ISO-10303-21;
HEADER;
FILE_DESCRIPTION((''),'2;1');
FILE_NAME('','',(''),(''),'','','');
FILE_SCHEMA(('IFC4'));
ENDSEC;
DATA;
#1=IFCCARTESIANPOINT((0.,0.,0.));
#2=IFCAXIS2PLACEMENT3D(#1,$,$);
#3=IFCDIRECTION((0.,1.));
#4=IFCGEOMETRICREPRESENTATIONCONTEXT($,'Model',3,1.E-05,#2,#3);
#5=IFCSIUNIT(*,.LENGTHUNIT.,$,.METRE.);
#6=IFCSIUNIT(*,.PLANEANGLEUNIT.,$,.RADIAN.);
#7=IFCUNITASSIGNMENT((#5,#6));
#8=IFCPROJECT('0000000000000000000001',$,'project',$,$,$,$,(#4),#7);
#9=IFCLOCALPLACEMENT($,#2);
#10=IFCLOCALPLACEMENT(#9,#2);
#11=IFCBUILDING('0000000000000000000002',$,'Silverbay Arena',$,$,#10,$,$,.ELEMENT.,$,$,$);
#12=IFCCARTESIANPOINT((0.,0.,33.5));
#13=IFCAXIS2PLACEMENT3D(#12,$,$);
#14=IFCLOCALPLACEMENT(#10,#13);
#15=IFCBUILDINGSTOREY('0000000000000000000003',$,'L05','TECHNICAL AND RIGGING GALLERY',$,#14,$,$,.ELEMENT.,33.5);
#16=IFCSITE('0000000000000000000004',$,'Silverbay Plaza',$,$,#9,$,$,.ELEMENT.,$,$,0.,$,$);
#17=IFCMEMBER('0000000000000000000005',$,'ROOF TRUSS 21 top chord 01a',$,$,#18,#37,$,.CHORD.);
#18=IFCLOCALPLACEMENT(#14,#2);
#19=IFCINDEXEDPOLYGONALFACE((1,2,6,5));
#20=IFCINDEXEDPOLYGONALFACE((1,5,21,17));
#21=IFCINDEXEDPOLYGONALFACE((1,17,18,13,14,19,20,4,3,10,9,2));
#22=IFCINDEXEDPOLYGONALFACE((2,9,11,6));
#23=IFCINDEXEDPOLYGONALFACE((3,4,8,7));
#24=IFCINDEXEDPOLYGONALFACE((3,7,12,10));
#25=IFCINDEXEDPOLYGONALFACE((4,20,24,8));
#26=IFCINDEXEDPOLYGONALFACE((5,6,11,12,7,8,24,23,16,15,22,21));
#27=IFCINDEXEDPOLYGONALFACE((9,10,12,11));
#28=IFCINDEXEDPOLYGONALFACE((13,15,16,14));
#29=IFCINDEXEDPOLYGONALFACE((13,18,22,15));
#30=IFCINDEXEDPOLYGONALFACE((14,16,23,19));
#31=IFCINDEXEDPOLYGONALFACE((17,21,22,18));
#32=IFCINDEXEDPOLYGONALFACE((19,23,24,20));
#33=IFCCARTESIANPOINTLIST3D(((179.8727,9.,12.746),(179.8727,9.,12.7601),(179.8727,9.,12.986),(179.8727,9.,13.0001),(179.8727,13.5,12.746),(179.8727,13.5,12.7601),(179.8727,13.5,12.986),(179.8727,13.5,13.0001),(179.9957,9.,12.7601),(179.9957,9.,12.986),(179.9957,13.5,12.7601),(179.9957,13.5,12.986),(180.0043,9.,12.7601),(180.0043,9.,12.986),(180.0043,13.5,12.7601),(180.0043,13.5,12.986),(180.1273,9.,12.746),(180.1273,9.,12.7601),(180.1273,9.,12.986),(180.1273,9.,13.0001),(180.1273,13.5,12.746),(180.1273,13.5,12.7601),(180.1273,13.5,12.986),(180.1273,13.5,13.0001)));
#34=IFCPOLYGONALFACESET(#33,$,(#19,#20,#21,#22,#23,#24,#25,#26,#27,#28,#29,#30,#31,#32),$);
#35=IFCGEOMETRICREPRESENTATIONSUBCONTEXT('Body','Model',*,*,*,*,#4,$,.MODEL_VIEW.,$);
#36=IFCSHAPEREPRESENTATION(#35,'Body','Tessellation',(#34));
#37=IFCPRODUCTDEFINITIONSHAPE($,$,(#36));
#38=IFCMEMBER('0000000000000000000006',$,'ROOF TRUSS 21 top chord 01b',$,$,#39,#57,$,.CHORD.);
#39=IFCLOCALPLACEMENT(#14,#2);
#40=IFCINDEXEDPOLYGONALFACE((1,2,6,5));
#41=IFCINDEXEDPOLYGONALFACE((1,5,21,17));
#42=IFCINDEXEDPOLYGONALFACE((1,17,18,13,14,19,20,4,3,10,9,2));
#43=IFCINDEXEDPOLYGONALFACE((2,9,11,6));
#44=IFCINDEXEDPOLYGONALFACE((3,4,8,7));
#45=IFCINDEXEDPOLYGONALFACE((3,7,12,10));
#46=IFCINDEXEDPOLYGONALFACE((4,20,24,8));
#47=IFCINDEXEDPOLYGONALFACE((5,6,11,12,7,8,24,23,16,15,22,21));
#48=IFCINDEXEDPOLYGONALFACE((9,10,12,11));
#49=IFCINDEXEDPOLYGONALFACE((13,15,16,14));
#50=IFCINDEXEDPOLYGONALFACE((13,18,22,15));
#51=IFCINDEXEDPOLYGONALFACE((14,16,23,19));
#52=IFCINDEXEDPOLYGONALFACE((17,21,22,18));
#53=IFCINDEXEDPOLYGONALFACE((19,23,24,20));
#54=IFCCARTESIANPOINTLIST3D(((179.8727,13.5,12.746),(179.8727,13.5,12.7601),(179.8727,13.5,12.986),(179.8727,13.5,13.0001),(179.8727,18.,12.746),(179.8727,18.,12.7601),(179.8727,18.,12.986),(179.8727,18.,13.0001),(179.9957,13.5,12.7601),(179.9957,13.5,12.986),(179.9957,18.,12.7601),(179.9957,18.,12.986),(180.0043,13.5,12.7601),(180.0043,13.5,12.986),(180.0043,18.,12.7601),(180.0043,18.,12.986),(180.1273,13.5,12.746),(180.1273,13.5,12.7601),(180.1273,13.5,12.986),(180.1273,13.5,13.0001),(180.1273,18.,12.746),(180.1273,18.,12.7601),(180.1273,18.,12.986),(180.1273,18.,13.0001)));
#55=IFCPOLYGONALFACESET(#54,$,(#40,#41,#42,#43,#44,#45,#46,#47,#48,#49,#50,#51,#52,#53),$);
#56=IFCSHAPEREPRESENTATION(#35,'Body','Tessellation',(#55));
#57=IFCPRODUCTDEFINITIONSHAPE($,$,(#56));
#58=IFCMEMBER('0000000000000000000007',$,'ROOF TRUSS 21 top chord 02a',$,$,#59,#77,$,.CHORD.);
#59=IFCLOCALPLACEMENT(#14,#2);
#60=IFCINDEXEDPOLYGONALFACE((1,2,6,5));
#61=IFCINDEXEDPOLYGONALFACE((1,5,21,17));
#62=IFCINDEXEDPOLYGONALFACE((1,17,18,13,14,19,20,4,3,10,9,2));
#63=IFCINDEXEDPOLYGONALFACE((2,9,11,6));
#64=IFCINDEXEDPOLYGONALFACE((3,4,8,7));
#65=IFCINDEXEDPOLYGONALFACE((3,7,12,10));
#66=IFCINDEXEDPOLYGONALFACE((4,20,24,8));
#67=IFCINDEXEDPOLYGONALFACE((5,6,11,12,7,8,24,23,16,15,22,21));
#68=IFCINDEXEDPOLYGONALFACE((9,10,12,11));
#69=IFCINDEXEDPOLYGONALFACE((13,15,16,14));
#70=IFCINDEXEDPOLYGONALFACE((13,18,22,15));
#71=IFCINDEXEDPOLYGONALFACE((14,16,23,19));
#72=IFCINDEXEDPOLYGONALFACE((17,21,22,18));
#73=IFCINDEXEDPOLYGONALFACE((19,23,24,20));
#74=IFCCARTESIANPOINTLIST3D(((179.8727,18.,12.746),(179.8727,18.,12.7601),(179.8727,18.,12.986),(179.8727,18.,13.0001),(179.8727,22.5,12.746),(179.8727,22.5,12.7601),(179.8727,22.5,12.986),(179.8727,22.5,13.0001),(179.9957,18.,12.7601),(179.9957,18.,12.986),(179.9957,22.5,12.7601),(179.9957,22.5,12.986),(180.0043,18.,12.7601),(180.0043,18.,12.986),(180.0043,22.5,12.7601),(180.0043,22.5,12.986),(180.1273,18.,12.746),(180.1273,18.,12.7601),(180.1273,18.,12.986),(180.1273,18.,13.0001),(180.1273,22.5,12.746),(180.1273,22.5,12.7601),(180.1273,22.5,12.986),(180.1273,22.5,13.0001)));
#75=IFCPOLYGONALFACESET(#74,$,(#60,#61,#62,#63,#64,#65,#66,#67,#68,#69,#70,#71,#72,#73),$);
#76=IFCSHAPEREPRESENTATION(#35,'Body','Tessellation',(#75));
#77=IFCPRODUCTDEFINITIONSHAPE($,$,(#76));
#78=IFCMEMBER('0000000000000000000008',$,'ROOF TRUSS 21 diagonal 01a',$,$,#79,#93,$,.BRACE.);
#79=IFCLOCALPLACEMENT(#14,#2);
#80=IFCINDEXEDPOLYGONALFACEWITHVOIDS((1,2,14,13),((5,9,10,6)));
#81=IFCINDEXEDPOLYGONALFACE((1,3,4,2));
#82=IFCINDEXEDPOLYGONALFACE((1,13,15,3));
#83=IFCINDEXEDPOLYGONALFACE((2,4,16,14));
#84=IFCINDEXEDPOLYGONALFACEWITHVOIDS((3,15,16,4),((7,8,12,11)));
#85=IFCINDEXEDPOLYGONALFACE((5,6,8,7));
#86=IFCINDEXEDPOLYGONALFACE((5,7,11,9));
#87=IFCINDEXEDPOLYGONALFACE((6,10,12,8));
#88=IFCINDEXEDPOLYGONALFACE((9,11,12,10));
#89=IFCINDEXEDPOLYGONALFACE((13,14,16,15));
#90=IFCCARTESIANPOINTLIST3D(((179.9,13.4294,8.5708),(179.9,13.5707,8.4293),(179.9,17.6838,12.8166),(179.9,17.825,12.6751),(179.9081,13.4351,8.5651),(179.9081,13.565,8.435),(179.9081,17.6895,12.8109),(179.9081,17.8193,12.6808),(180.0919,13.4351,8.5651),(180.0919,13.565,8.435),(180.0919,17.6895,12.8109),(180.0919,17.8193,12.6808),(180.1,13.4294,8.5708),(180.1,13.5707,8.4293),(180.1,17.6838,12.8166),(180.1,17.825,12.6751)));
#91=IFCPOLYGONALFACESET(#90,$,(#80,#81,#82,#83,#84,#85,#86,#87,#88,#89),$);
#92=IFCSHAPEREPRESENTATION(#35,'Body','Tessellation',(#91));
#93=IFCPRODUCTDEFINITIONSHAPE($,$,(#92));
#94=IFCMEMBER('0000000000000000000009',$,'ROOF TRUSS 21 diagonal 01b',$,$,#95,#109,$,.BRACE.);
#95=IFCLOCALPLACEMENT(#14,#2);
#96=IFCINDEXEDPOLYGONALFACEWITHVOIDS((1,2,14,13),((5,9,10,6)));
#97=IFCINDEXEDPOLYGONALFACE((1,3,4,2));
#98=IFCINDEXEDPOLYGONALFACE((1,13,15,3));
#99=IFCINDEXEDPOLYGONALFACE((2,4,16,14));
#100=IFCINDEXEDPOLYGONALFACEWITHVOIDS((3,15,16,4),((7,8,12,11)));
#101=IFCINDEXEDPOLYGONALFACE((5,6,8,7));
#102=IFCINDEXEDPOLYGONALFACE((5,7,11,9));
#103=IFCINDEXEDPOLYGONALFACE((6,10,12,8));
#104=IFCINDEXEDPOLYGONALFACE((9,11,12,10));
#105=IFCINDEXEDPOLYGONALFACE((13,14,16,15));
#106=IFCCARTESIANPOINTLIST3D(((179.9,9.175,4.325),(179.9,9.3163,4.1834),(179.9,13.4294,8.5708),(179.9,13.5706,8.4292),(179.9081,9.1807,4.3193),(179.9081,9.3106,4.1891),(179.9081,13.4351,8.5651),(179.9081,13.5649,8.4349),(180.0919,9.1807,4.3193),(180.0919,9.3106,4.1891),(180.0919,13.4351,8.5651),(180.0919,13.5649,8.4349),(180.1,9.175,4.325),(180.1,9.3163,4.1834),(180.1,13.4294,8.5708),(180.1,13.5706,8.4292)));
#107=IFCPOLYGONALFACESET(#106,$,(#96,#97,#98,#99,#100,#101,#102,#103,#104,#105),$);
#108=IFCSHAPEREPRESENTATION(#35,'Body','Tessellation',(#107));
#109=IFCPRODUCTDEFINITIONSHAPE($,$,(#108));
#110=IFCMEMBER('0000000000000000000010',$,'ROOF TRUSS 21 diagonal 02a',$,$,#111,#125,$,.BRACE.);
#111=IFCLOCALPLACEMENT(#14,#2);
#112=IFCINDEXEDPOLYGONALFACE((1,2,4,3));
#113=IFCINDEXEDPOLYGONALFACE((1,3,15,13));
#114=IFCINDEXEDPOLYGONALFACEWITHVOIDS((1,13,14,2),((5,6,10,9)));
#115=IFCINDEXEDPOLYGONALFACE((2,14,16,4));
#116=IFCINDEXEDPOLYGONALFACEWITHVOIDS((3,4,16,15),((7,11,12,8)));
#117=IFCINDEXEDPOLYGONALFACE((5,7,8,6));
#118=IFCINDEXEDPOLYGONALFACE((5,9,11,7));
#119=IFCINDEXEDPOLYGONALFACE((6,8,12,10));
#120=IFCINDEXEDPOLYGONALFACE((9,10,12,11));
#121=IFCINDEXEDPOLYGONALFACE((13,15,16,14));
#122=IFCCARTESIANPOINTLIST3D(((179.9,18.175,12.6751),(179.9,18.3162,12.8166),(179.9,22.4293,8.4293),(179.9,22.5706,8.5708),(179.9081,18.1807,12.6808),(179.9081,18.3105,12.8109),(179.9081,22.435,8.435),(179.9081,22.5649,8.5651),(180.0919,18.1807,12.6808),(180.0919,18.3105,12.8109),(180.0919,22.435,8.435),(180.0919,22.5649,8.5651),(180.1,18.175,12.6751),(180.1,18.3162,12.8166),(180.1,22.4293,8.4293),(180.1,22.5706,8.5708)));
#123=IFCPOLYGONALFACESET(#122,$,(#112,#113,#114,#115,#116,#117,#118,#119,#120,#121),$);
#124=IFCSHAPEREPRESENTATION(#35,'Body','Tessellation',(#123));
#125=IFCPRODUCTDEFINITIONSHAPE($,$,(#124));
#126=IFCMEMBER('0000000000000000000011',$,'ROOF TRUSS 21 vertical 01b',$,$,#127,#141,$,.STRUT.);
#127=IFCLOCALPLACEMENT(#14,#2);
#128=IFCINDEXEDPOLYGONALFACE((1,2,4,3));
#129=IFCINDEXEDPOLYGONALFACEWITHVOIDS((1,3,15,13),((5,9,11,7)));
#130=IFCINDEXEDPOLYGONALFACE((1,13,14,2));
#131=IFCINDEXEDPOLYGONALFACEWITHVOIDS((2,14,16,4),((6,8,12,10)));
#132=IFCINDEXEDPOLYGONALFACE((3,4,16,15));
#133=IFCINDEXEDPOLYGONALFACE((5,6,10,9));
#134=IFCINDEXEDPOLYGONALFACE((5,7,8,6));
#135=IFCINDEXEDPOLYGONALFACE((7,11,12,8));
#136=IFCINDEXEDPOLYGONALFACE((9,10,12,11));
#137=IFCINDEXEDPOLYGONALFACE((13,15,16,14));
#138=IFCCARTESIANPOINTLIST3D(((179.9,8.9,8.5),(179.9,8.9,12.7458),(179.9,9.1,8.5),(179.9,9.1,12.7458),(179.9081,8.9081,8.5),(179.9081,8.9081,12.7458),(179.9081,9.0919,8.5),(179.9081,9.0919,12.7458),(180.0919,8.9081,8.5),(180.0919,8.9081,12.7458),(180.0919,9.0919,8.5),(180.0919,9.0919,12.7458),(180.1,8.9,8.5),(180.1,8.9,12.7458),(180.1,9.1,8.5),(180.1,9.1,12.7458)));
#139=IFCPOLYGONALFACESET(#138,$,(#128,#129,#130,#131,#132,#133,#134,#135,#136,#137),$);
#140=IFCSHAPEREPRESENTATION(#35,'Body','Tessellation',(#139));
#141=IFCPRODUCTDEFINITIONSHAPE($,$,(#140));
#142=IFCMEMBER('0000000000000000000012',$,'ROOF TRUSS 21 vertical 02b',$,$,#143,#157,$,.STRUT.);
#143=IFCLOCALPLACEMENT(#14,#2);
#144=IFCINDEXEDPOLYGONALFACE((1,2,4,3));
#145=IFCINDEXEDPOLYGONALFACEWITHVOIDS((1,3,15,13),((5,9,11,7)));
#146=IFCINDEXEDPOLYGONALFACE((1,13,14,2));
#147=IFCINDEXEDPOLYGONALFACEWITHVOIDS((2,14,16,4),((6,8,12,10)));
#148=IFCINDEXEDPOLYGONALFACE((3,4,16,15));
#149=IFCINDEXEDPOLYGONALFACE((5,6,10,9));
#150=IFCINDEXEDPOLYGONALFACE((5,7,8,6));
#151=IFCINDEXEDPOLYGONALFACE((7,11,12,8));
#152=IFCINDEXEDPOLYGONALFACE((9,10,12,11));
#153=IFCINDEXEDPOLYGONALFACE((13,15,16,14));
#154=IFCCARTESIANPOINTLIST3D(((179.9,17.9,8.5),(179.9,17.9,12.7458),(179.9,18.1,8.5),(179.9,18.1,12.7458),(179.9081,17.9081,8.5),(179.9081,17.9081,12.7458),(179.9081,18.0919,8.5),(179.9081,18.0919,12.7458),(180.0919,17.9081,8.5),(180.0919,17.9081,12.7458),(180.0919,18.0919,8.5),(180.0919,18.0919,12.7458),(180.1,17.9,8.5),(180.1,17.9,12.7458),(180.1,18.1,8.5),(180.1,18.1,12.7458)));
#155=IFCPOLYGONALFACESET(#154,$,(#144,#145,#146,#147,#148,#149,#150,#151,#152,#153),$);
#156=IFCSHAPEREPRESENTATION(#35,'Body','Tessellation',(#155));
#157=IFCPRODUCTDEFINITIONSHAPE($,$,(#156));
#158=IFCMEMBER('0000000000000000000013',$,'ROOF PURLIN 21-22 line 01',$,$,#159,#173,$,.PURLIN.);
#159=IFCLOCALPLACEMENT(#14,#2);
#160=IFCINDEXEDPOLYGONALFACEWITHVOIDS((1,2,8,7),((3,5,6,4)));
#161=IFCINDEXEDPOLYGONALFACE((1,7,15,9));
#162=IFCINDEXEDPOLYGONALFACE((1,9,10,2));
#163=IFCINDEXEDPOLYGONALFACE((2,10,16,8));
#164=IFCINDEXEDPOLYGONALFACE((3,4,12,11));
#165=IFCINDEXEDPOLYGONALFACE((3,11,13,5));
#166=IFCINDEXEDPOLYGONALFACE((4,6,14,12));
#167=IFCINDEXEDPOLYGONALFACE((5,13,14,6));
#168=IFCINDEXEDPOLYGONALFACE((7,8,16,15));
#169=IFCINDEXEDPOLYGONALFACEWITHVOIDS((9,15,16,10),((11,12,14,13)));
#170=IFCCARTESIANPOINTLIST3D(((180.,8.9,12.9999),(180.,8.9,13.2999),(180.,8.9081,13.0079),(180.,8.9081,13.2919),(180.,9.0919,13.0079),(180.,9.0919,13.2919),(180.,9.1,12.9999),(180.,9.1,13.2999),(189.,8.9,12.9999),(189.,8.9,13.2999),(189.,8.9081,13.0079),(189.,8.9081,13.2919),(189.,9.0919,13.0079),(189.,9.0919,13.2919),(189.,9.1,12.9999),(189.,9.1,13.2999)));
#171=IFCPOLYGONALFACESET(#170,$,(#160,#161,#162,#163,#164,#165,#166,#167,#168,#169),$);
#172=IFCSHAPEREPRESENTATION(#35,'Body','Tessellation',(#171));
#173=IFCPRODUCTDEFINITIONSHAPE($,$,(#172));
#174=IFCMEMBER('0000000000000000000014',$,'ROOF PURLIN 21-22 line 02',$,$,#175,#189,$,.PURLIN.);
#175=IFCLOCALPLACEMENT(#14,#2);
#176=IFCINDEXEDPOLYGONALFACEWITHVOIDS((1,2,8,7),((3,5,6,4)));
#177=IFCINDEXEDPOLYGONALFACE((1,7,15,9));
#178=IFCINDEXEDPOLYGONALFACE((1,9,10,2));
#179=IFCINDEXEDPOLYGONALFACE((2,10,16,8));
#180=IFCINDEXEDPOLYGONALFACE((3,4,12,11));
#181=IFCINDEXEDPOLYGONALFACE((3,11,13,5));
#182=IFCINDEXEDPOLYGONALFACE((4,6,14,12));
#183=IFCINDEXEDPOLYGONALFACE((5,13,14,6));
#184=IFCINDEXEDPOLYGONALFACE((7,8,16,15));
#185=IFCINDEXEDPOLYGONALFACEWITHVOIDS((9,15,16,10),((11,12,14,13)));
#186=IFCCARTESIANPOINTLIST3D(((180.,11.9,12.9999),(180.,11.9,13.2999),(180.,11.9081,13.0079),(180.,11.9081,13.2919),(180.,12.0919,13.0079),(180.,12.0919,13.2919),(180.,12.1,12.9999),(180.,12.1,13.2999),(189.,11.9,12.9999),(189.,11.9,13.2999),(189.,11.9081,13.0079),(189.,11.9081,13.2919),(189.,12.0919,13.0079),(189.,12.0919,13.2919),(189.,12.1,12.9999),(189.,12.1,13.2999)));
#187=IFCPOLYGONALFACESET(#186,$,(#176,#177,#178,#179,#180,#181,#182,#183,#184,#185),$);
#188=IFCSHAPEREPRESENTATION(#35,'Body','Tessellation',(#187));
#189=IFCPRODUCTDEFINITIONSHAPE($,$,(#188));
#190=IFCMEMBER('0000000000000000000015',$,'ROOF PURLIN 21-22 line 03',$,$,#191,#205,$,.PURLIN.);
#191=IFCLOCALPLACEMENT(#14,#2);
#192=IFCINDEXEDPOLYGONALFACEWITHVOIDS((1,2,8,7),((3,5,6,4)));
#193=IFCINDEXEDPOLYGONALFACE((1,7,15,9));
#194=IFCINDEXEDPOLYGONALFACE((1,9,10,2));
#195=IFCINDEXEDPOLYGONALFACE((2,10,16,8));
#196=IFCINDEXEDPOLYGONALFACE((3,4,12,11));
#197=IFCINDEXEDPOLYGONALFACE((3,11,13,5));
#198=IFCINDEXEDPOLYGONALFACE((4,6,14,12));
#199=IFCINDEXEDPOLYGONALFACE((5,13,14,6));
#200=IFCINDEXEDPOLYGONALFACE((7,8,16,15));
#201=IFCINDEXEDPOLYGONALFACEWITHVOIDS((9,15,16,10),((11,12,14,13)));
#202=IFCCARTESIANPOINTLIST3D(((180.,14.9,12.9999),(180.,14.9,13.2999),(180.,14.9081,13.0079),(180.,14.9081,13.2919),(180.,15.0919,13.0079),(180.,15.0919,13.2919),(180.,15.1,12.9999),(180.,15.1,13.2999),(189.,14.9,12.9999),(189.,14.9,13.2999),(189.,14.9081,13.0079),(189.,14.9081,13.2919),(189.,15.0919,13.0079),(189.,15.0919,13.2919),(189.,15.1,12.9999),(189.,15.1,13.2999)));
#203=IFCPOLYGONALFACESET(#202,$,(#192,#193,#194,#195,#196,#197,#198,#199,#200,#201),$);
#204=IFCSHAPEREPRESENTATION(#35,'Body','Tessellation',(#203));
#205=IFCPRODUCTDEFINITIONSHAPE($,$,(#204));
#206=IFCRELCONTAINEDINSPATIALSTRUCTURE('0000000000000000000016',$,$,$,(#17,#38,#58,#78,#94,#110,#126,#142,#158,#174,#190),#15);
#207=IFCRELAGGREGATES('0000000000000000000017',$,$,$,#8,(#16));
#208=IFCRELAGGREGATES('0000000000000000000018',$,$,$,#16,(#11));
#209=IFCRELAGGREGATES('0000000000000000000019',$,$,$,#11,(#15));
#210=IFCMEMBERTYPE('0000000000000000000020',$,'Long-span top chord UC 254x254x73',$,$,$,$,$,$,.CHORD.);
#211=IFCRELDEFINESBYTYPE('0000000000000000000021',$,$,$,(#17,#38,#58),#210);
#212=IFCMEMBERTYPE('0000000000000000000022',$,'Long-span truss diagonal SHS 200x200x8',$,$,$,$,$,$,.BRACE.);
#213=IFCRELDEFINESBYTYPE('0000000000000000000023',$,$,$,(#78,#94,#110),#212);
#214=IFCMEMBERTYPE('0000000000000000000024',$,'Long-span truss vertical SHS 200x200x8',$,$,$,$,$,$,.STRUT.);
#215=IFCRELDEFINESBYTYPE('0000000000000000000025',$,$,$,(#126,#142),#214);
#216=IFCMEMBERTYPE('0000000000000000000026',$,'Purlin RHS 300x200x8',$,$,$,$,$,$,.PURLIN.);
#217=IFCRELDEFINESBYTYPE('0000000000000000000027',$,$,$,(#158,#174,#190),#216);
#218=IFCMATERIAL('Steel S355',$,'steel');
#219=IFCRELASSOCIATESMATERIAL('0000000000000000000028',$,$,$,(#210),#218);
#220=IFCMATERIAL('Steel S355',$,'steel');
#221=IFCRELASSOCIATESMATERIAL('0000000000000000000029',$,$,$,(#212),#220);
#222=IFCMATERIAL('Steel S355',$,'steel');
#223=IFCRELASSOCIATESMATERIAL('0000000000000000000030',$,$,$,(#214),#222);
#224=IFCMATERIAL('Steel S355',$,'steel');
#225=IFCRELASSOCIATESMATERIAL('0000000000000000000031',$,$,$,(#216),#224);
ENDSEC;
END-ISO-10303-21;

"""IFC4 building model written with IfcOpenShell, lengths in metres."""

from ifc_helpers import new_model, si_unit, direction, frame, origin, origin_2d, place, context, subcontext, project, spatial, hollow_rectangle, i_section, extrude, material, material_profile, profile_set, type_object, element, save


model = new_model("IFC4")

# Units and contexts
model_context = context("Model", 3, precision=1e-05, world=origin(), true_north=direction((0.0, 1.0)))
body_context = subcontext(model_context, "Body", "Model", "MODEL_VIEW")
ifc_project = project(units=[si_unit("LENGTHUNIT", "METRE"), si_unit("PLANEANGLEUNIT", "RADIAN")], contexts=[model_context])

# Site, building, storey
site_placement = place(None, origin())
site = spatial("IfcSite", under=ifc_project, at=site_placement, Name="Silverbay Plaza", CompositionType="ELEMENT", RefElevation=0.0)
building_placement = place(site_placement, origin())
building = spatial("IfcBuilding", under=site, at=building_placement, Name="Silverbay Arena", CompositionType="ELEMENT")
storey_placement = place(building_placement, frame((0.0, 0.0, 33.5)))
storey = spatial("IfcBuildingStorey", under=building, at=storey_placement, Name="L05", Description="TECHNICAL AND RIGGING GALLERY", CompositionType="ELEMENT", Elevation=33.5)

# Members
ifc_material_1 = material(Name="Steel S355", Category="steel")
ifc_material_profile_1 = material_profile(ifc_material_1, i_section(OverallWidth=0.2546, OverallDepth=0.2542, WebThickness=0.0085, FlangeThickness=0.0142, at=origin_2d()), Name="UC 254x254x73")
ifc_profile_set_1 = profile_set([ifc_material_profile_1], Name="Steel S355")
member_type_1 = type_object("IfcMemberType", Name="Long-span top chord UC 254x254x73", PredefinedType="CHORD", material=ifc_profile_set_1)
for number, where, z_axis, x_axis, name in (
    (1, (180.0, 9.0, 12.873), (0.0, 1.0, 0.0), (-1.0, 0.0, 0.0), "ROOF TRUSS 21 top chord 01a"),
    (2, (180.0, 13.5, 12.873), (0.0, 1.0, 0.0), (-1.0, 0.0, 0.0), "ROOF TRUSS 21 top chord 01b"),
    (3, (180.0, 18.0, 12.873), (0.0, 1.0, 0.0), (-1.0, 0.0, 0.0), "ROOF TRUSS 21 top chord 02a"),
):
    element("IfcMember", number, at=place(storey_placement, frame(where, z_axis=z_axis, x_axis=x_axis)), inside=storey, type_object=member_type_1, Name=name, PredefinedType="CHORD", context=body_context, shape_type="SweptSolid", body=[
        extrude(i_section(OverallWidth=0.2546, OverallDepth=0.2542, WebThickness=0.0085, FlangeThickness=0.0142, at=origin_2d()), origin(), (0.0, 0.0, 1.0), 4.5),
    ])
ifc_material_2 = material(Name="Steel S355", Category="steel")
ifc_material_profile_2 = material_profile(ifc_material_2, hollow_rectangle(XDim=0.2, YDim=0.2, WallThickness=0.0081, at=origin_2d()), Name="SHS 200x200x8")
ifc_profile_set_2 = profile_set([ifc_material_profile_2], Name="Steel S355")
member_type_2 = type_object("IfcMemberType", Name="Long-span truss diagonal SHS 200x200x8", PredefinedType="BRACE", material=ifc_profile_set_2)
for number, where, z_axis, x_axis, name in (
    (4, (180.0, 17.7544, 12.7458), (0.0, -0.707817, -0.706396), (1.0, 0.0, 0.0), "ROOF TRUSS 21 diagonal 01a"),
    (5, (180.0, 13.5, 8.5), (0.0, -0.707817, -0.706396), (1.0, 0.0, 0.0), "ROOF TRUSS 21 diagonal 01b"),
    (6, (180.0, 18.2456, 12.7458), (0.0, 0.707817, -0.706396), (-1.0, 0.0, 0.0), "ROOF TRUSS 21 diagonal 02a"),
):
    element("IfcMember", number, at=place(storey_placement, frame(where, z_axis=z_axis, x_axis=x_axis)), inside=storey, type_object=member_type_2, Name=name, PredefinedType="BRACE", context=body_context, shape_type="SweptSolid", body=[
        extrude(hollow_rectangle(XDim=0.2, YDim=0.2, WallThickness=0.0081, at=origin_2d()), origin(), (0.0, 0.0, 1.0), 6.0105),
    ])
ifc_material_3 = material(Name="Steel S355", Category="steel")
ifc_material_profile_3 = material_profile(ifc_material_3, hollow_rectangle(XDim=0.2, YDim=0.2, WallThickness=0.0081, at=origin_2d()), Name="SHS 200x200x8")
ifc_profile_set_3 = profile_set([ifc_material_profile_3], Name="Steel S355")
member_type_3 = type_object("IfcMemberType", Name="Long-span truss vertical SHS 200x200x8", PredefinedType="STRUT", material=ifc_profile_set_3)
for number, where, z_axis, x_axis, name in (
    (7, (180.0, 9.0, 8.5), (0.0, 0.0, 1.0), (1.0, 0.0, 0.0), "ROOF TRUSS 21 vertical 01b"),
    (8, (180.0, 18.0, 8.5), (0.0, 0.0, 1.0), (1.0, 0.0, 0.0), "ROOF TRUSS 21 vertical 02b"),
):
    element("IfcMember", number, at=place(storey_placement, frame(where, z_axis=z_axis, x_axis=x_axis)), inside=storey, type_object=member_type_3, Name=name, PredefinedType="STRUT", context=body_context, shape_type="SweptSolid", body=[
        extrude(hollow_rectangle(XDim=0.2, YDim=0.2, WallThickness=0.0081, at=origin_2d()), origin(), (0.0, 0.0, 1.0), 4.2458),
    ])
ifc_material_4 = material(Name="Steel S355", Category="steel")
ifc_material_profile_4 = material_profile(ifc_material_4, hollow_rectangle(XDim=0.2, YDim=0.3, WallThickness=0.0081, at=origin_2d()), Name="RHS 300x200x8")
ifc_profile_set_4 = profile_set([ifc_material_profile_4], Name="Steel S355")
member_type_4 = type_object("IfcMemberType", Name="Purlin RHS 300x200x8", PredefinedType="PURLIN", material=ifc_profile_set_4)
for number, where, z_axis, x_axis, name in (
    (9, (180.0, 9.0, 13.1499), (1.0, 0.0, 0.0), (0.0, 1.0, 0.0), "ROOF PURLIN 21-22 line 01"),
    (10, (180.0, 12.0, 13.1499), (1.0, 0.0, 0.0), (0.0, 1.0, 0.0), "ROOF PURLIN 21-22 line 02"),
    (11, (180.0, 15.0, 13.1499), (1.0, 0.0, 0.0), (0.0, 1.0, 0.0), "ROOF PURLIN 21-22 line 03"),
):
    element("IfcMember", number, at=place(storey_placement, frame(where, z_axis=z_axis, x_axis=x_axis)), inside=storey, type_object=member_type_4, Name=name, PredefinedType="PURLIN", context=body_context, shape_type="SweptSolid", body=[
        extrude(hollow_rectangle(XDim=0.2, YDim=0.3, WallThickness=0.0081, at=origin_2d()), origin(), (0.0, 0.0, 1.0), 9.0),
    ])

save(model, "model.ifc")
